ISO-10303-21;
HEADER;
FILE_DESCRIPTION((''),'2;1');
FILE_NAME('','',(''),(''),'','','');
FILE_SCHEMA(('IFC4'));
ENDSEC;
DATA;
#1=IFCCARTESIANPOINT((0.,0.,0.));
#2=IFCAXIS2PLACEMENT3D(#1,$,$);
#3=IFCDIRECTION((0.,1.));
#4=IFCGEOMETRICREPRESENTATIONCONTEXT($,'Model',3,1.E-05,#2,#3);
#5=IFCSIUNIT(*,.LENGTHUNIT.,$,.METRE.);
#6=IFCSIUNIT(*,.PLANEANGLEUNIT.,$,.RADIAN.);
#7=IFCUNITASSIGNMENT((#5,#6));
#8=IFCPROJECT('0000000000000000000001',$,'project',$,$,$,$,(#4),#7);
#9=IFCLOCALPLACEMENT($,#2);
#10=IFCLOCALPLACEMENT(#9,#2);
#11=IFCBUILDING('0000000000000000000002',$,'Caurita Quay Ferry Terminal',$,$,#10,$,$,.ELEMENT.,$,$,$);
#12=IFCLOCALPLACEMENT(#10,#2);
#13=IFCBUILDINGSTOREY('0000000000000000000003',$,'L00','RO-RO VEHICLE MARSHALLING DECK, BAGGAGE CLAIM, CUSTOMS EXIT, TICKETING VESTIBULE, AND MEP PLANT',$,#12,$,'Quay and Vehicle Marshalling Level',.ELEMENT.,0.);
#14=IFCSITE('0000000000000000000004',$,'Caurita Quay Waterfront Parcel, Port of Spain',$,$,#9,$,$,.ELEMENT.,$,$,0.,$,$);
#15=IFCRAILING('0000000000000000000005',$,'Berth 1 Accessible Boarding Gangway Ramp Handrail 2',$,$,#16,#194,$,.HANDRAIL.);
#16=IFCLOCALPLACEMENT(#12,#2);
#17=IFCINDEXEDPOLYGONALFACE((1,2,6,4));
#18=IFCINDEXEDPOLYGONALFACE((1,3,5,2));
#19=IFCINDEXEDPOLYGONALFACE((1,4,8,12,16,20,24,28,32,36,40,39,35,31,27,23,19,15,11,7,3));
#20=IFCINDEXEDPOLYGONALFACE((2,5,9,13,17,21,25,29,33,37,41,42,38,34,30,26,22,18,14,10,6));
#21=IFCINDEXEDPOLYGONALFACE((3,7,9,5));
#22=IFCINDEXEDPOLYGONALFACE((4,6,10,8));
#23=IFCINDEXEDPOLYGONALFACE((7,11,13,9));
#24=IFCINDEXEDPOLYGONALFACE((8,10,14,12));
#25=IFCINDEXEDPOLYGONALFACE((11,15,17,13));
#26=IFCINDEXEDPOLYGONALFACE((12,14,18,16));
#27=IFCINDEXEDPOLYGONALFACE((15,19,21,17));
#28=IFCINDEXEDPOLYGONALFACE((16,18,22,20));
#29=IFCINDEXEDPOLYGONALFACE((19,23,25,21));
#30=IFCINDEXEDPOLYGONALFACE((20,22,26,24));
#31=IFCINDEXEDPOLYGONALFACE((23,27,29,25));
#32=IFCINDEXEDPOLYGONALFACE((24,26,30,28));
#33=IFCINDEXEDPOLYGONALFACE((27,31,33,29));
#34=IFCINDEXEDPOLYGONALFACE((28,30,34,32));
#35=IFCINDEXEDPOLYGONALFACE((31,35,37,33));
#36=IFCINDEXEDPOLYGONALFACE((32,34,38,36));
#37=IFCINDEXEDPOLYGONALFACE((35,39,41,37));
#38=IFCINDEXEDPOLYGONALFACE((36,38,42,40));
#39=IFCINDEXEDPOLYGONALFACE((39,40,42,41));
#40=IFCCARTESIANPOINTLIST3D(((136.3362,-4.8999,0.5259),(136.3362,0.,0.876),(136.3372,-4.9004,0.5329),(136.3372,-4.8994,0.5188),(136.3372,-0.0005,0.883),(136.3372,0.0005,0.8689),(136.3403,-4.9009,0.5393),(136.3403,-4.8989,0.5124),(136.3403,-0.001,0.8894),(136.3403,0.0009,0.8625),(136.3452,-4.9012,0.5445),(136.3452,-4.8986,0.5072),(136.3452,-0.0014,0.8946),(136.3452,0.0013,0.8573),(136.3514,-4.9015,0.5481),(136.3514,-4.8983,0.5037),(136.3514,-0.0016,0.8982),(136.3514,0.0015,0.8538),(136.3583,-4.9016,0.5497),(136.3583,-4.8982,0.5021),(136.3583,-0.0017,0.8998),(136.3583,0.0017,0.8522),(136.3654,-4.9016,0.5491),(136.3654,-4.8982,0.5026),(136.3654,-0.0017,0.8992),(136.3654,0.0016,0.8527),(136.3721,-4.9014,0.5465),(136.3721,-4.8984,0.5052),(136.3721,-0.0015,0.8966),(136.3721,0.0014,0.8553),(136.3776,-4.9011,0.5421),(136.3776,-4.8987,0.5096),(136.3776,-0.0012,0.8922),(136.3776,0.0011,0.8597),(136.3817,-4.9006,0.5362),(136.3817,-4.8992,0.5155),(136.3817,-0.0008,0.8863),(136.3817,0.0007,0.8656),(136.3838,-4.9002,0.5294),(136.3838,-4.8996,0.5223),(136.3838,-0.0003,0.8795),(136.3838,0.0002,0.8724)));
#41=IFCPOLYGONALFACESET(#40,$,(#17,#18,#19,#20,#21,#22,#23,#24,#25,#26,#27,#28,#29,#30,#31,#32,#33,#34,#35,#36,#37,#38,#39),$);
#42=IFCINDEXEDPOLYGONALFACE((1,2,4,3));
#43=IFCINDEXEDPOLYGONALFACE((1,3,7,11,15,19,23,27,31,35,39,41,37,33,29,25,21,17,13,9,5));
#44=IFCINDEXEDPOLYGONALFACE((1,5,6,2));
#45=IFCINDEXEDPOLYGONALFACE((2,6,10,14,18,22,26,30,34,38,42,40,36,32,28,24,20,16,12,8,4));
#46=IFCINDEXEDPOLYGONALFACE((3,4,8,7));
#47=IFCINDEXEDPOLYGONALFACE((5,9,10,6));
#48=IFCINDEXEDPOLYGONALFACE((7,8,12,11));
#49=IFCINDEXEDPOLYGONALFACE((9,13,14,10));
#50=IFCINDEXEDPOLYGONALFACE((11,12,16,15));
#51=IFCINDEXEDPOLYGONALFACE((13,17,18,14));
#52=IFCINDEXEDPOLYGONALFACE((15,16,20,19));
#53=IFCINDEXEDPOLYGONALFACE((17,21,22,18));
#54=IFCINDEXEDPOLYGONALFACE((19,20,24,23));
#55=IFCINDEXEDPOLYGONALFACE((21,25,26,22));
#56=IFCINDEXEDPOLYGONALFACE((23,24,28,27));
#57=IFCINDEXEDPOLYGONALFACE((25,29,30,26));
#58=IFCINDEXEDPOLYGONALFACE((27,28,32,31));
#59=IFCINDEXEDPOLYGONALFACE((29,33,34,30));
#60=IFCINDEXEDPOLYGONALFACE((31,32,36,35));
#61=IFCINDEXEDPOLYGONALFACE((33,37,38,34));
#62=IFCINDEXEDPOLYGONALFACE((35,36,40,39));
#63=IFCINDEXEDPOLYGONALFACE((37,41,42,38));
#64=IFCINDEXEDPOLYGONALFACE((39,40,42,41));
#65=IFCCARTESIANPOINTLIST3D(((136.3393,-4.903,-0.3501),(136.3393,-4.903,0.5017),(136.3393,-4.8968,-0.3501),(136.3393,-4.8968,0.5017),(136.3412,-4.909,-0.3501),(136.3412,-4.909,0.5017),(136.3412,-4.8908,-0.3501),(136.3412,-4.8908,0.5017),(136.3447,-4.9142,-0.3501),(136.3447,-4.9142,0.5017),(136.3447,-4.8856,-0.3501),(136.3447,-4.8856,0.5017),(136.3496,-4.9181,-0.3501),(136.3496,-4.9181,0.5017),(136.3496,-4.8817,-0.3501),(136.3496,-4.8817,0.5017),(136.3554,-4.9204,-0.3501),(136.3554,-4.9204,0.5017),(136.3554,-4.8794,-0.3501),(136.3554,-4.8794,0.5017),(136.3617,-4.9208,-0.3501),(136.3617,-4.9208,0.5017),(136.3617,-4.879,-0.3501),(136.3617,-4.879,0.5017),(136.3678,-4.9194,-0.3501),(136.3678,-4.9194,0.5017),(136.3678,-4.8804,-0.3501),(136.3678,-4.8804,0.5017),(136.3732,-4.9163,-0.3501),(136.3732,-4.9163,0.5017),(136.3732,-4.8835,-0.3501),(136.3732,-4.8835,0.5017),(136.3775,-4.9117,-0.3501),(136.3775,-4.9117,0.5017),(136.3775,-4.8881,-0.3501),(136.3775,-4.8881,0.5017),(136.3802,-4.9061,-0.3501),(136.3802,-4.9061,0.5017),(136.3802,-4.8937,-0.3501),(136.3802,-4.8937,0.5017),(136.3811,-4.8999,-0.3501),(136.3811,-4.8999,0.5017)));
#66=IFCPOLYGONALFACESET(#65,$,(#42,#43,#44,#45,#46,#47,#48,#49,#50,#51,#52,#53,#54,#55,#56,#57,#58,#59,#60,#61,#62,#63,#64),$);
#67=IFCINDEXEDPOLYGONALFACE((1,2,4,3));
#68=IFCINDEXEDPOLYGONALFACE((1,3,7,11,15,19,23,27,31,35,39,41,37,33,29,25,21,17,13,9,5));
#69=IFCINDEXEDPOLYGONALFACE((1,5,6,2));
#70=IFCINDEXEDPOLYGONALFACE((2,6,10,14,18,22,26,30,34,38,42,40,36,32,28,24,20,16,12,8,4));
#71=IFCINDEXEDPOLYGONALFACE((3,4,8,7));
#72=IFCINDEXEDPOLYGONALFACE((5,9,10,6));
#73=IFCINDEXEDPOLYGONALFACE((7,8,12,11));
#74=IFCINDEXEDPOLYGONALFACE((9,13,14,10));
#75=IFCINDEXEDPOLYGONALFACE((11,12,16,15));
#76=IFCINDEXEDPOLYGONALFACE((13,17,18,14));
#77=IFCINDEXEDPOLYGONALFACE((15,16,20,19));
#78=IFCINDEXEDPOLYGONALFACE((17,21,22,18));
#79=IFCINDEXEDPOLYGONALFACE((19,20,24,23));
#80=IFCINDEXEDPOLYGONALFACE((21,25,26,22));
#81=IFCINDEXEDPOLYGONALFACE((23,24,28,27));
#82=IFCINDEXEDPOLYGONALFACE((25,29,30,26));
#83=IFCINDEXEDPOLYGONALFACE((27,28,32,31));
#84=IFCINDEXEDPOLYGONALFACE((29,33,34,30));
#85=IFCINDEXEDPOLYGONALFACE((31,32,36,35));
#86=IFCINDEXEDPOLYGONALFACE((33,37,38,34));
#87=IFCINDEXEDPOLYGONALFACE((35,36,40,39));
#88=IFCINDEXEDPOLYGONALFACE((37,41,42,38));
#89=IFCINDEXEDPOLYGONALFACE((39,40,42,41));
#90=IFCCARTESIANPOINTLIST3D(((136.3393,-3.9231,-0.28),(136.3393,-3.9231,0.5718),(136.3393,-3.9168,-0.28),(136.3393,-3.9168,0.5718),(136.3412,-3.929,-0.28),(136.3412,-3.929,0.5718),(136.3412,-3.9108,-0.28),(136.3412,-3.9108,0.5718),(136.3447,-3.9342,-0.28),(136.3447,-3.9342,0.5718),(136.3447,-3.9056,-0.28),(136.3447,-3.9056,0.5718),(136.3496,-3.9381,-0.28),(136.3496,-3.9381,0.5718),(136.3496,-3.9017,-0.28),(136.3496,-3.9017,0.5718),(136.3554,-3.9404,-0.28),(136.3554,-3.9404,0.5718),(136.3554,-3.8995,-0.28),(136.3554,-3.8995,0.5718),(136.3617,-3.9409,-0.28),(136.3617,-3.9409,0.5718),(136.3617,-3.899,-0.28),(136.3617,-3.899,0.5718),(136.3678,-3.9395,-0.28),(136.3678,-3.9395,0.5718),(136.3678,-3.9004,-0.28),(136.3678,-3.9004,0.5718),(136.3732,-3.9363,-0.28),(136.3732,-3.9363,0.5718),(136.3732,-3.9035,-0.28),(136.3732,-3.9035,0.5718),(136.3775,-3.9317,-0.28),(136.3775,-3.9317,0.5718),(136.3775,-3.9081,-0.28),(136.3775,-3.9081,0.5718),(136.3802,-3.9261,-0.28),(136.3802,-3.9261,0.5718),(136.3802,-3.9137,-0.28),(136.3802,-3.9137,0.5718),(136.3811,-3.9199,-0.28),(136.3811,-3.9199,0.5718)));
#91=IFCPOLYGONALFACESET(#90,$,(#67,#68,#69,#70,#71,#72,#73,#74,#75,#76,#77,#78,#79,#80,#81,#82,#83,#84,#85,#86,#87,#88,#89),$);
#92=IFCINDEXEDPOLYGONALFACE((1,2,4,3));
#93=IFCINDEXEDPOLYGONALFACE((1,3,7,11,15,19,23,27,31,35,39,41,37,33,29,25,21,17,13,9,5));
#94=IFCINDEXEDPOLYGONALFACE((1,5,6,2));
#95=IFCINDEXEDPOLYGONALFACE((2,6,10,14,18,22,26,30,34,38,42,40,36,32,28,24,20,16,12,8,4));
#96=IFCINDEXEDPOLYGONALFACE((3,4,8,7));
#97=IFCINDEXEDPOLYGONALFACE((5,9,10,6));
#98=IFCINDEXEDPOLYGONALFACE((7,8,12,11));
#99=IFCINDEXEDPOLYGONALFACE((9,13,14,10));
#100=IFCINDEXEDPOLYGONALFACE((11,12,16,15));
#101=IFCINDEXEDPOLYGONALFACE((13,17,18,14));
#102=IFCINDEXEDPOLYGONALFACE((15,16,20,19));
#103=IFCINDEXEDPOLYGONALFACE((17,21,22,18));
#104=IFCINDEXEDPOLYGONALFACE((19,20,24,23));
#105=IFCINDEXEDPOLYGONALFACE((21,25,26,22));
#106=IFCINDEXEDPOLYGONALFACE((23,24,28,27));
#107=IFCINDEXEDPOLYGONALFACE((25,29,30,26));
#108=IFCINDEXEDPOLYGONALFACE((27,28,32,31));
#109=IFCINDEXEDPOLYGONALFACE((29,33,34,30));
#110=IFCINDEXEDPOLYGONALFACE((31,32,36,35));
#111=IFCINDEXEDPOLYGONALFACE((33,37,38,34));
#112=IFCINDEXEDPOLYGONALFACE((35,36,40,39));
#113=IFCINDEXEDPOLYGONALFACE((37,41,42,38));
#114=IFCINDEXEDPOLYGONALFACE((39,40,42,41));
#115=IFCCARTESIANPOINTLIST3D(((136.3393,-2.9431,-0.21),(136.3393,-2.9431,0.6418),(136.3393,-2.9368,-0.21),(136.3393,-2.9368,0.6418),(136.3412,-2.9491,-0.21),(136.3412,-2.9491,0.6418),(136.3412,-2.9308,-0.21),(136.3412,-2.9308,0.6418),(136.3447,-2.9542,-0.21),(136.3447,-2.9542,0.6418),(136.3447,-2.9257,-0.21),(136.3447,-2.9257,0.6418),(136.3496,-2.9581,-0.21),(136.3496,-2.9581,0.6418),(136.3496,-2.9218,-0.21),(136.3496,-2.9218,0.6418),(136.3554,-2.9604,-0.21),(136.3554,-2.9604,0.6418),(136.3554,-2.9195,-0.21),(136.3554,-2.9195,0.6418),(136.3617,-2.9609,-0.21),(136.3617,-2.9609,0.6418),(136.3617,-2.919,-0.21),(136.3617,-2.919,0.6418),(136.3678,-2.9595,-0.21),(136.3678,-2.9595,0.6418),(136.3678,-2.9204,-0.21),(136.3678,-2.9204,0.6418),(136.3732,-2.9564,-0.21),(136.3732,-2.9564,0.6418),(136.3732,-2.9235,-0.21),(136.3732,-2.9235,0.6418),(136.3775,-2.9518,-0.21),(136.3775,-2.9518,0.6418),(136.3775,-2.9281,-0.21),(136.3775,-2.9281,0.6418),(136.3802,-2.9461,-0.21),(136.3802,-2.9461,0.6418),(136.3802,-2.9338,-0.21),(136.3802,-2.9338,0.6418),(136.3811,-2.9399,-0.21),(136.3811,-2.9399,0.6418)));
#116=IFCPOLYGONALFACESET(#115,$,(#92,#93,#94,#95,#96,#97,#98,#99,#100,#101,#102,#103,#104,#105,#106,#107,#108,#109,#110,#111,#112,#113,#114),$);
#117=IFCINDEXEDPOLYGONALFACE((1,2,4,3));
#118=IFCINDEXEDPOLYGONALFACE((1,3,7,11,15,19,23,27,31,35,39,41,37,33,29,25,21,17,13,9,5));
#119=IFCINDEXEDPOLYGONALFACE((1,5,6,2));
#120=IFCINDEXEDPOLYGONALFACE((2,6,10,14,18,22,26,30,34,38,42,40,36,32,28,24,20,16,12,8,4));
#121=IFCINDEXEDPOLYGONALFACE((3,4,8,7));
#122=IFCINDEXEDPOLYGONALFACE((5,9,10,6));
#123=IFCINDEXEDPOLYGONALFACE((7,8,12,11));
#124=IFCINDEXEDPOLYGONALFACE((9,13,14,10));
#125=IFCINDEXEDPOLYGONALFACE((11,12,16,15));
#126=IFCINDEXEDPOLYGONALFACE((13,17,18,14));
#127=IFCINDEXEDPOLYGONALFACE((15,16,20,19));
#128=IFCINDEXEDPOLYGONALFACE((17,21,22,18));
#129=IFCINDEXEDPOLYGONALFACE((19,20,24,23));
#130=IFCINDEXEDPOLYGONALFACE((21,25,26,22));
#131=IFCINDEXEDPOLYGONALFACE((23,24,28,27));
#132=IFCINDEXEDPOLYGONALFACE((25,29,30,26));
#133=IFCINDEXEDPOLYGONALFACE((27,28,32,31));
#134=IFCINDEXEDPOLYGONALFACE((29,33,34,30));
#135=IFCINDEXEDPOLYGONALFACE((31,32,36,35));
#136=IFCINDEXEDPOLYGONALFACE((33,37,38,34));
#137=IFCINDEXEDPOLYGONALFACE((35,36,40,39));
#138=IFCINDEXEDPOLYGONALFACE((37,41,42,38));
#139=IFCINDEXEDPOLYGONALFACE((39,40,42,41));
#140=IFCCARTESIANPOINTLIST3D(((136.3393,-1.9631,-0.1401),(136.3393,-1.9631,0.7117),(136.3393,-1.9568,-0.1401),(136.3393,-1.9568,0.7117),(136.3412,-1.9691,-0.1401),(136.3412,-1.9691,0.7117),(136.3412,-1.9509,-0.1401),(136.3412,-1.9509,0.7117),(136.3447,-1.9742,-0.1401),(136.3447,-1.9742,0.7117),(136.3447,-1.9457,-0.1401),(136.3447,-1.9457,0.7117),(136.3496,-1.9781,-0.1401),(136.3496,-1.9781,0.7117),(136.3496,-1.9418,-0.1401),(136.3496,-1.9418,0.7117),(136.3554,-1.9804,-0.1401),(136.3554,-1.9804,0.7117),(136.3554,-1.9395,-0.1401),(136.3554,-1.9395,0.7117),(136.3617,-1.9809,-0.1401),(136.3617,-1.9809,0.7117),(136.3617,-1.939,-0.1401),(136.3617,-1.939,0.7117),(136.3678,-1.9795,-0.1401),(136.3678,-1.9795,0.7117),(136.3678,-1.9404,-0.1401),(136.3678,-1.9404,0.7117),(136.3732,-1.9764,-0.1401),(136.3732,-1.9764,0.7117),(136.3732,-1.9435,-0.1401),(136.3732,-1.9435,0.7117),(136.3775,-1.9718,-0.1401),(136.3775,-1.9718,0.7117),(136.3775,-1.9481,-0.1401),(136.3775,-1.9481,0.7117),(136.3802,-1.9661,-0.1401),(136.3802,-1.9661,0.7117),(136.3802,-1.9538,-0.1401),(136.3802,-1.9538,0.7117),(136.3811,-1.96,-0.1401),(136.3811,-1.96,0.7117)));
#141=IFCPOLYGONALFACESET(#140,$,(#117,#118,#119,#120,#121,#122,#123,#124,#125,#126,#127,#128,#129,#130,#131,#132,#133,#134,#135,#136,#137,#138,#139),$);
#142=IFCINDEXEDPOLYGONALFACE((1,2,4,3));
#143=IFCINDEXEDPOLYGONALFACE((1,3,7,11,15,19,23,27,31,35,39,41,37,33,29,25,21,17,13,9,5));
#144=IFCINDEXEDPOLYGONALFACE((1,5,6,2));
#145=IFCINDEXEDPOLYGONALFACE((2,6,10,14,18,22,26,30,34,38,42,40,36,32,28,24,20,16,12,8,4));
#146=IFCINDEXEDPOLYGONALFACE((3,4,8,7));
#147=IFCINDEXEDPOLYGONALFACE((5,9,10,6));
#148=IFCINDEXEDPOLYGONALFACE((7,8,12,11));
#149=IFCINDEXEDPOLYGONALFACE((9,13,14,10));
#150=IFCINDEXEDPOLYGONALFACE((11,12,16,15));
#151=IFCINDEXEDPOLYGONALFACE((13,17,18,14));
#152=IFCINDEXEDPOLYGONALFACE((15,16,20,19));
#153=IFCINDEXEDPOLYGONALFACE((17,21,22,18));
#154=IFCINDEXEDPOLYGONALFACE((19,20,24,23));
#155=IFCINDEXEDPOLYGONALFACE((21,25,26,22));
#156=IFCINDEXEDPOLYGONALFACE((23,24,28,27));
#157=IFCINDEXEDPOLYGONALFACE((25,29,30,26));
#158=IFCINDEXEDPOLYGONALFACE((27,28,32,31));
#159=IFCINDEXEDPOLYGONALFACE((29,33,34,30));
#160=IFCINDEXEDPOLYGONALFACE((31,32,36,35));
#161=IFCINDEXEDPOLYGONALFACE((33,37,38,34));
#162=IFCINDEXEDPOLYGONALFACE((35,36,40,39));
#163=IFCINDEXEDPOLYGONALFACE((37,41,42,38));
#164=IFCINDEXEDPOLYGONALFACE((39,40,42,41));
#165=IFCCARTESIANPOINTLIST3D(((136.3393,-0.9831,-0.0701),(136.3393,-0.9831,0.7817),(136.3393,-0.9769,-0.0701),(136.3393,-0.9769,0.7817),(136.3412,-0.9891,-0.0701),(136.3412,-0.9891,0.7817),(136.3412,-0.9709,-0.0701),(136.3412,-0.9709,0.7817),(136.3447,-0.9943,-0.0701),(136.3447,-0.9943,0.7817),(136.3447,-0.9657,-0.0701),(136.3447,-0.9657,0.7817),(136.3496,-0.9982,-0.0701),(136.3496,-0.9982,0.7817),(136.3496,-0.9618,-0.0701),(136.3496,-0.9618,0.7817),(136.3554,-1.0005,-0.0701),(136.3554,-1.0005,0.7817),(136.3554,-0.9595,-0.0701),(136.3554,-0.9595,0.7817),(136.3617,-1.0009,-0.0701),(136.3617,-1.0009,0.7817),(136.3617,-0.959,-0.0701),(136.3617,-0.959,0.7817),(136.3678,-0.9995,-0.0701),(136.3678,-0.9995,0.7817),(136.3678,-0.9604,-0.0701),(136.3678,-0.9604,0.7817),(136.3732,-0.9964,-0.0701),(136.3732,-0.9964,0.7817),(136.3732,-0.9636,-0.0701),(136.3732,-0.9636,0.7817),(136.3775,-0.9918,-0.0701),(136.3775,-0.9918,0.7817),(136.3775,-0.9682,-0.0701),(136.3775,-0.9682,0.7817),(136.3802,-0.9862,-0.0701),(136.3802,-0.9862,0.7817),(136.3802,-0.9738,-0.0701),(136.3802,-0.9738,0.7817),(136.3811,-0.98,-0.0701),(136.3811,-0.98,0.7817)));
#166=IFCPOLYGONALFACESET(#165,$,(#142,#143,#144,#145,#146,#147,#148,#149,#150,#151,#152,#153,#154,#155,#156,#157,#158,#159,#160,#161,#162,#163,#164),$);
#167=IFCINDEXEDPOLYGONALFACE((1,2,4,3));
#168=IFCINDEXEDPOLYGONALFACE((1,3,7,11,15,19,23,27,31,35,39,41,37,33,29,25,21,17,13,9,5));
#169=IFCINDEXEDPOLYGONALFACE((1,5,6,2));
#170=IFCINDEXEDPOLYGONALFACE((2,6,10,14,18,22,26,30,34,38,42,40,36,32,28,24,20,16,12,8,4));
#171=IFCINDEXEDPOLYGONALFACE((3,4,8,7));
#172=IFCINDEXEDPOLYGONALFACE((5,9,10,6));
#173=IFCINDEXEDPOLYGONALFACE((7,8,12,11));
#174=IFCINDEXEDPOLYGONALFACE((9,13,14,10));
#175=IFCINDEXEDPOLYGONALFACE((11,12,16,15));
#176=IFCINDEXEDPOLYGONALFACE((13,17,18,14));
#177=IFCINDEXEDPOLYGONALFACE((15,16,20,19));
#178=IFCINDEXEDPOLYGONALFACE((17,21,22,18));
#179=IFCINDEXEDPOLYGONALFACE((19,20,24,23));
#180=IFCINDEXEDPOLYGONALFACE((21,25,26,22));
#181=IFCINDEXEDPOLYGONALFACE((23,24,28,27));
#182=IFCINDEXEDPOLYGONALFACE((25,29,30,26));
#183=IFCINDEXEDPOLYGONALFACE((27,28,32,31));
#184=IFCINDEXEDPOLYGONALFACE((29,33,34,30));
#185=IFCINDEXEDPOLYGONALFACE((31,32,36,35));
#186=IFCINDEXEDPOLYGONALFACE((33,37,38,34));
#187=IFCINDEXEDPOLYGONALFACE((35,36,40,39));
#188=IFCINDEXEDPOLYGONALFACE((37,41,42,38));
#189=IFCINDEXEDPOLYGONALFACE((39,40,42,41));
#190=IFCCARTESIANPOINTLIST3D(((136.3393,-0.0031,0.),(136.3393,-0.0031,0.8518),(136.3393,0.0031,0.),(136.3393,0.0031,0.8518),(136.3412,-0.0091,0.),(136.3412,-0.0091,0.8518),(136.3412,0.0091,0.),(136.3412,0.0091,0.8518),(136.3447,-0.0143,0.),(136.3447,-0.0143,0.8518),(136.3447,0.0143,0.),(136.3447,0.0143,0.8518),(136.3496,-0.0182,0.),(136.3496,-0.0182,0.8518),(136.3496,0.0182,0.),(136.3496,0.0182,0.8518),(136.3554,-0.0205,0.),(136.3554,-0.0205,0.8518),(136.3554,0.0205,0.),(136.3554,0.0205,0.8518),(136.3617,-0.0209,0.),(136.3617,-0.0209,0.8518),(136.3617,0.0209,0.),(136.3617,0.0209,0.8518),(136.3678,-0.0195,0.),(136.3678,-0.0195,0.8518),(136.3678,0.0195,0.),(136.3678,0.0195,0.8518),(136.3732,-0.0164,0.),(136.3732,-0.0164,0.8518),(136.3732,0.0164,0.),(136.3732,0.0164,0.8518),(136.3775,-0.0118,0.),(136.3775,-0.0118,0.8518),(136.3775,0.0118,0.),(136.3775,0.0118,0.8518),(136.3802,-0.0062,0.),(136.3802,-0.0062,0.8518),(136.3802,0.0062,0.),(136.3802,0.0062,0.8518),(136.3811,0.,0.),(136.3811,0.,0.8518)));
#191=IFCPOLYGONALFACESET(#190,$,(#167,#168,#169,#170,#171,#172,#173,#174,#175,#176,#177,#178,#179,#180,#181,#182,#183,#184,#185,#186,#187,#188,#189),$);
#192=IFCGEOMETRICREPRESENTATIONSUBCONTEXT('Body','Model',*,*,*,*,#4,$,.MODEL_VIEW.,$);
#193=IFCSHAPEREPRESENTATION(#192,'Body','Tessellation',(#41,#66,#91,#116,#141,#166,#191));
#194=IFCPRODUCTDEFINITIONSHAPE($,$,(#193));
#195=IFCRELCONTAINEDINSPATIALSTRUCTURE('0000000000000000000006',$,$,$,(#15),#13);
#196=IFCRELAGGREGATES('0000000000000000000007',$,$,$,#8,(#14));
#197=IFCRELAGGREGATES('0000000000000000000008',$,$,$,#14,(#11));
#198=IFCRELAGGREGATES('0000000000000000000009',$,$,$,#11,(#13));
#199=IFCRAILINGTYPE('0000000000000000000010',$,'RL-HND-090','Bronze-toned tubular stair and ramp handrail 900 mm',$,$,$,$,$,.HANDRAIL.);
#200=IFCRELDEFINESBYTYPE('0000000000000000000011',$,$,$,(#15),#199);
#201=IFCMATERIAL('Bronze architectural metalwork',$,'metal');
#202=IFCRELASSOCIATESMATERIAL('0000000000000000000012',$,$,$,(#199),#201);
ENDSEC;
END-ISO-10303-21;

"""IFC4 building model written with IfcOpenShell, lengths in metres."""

from ifc_helpers import new_model, si_unit, direction, frame, origin, origin_2d, place, context, subcontext, project, spatial, circle, extrude, material, type_object, element, save


model = new_model("IFC4")

# Units and contexts
model_context = context("Model", 3, precision=1e-05, world=origin(), true_north=direction((0.0, 1.0)))
body_context = subcontext(model_context, "Body", "Model", "MODEL_VIEW")
ifc_project = project(units=[si_unit("LENGTHUNIT", "METRE"), si_unit("PLANEANGLEUNIT", "RADIAN")], contexts=[model_context])

# Site, building, storey
site_placement = place(None, origin())
site = spatial("IfcSite", under=ifc_project, at=site_placement, Name="Caurita Quay Waterfront Parcel, Port of Spain", CompositionType="ELEMENT", RefElevation=0.0)
building_placement = place(site_placement, origin())
building = spatial("IfcBuilding", under=site, at=building_placement, Name="Caurita Quay Ferry Terminal", CompositionType="ELEMENT")
storey_placement = place(building_placement, origin())
storey = spatial("IfcBuildingStorey", under=building, at=storey_placement, Name="L00", Description="RO-RO VEHICLE MARSHALLING DECK, BAGGAGE CLAIM, CUSTOMS EXIT, TICKETING VESTIBULE, AND MEP PLANT", LongName="Quay and Vehicle Marshalling Level", CompositionType="ELEMENT", Elevation=0.0)

# Railing
ifc_material_1 = material(Name="Bronze architectural metalwork", Category="metal")
railing_type_1 = type_object("IfcRailingType", Name="RL-HND-090", Description="Bronze-toned tubular stair and ramp handrail 900 mm", PredefinedType="HANDRAIL", material=ifc_material_1)
for number, where, name in (
    (1, (136.3601, -4.8999, -0.3501), "Berth 1 Accessible Boarding Gangway Ramp Handrail 2"),
):
    element("IfcRailing", number, at=place(storey_placement, frame(where)), inside=storey, type_object=railing_type_1, Name=name, PredefinedType="HANDRAIL", context=body_context, shape_type="SweptSolid", body=[
        extrude(circle(Radius=0.0239, at=origin_2d()), frame((0.0, 0.0, 0.876), z_axis=(0.0, 0.997457, 0.071268), x_axis=(-1.0, 0.0, 0.0)), (0.0, 0.0, 1.0), 4.9124),
        extrude(circle(Radius=0.021, at=origin_2d()), origin(), (0.0, 0.0, 1.0), 0.8518),
        extrude(circle(Radius=0.021, at=origin_2d()), frame((0.0, 0.98, 0.0701)), (0.0, 0.0, 1.0), 0.8518),
        extrude(circle(Radius=0.021, at=origin_2d()), frame((0.0, 1.96, 0.1401)), (0.0, 0.0, 1.0), 0.8518),
        extrude(circle(Radius=0.021, at=origin_2d()), frame((0.0, 2.9399, 0.21)), (0.0, 0.0, 1.0), 0.8518),
        extrude(circle(Radius=0.021, at=origin_2d()), frame((0.0, 3.9199, 0.28)), (0.0, 0.0, 1.0), 0.8518),
        extrude(circle(Radius=0.021, at=origin_2d()), frame((0.0, 4.8999, 0.3501)), (0.0, 0.0, 1.0), 0.8518),
    ])

save(model, "model.ifc")
